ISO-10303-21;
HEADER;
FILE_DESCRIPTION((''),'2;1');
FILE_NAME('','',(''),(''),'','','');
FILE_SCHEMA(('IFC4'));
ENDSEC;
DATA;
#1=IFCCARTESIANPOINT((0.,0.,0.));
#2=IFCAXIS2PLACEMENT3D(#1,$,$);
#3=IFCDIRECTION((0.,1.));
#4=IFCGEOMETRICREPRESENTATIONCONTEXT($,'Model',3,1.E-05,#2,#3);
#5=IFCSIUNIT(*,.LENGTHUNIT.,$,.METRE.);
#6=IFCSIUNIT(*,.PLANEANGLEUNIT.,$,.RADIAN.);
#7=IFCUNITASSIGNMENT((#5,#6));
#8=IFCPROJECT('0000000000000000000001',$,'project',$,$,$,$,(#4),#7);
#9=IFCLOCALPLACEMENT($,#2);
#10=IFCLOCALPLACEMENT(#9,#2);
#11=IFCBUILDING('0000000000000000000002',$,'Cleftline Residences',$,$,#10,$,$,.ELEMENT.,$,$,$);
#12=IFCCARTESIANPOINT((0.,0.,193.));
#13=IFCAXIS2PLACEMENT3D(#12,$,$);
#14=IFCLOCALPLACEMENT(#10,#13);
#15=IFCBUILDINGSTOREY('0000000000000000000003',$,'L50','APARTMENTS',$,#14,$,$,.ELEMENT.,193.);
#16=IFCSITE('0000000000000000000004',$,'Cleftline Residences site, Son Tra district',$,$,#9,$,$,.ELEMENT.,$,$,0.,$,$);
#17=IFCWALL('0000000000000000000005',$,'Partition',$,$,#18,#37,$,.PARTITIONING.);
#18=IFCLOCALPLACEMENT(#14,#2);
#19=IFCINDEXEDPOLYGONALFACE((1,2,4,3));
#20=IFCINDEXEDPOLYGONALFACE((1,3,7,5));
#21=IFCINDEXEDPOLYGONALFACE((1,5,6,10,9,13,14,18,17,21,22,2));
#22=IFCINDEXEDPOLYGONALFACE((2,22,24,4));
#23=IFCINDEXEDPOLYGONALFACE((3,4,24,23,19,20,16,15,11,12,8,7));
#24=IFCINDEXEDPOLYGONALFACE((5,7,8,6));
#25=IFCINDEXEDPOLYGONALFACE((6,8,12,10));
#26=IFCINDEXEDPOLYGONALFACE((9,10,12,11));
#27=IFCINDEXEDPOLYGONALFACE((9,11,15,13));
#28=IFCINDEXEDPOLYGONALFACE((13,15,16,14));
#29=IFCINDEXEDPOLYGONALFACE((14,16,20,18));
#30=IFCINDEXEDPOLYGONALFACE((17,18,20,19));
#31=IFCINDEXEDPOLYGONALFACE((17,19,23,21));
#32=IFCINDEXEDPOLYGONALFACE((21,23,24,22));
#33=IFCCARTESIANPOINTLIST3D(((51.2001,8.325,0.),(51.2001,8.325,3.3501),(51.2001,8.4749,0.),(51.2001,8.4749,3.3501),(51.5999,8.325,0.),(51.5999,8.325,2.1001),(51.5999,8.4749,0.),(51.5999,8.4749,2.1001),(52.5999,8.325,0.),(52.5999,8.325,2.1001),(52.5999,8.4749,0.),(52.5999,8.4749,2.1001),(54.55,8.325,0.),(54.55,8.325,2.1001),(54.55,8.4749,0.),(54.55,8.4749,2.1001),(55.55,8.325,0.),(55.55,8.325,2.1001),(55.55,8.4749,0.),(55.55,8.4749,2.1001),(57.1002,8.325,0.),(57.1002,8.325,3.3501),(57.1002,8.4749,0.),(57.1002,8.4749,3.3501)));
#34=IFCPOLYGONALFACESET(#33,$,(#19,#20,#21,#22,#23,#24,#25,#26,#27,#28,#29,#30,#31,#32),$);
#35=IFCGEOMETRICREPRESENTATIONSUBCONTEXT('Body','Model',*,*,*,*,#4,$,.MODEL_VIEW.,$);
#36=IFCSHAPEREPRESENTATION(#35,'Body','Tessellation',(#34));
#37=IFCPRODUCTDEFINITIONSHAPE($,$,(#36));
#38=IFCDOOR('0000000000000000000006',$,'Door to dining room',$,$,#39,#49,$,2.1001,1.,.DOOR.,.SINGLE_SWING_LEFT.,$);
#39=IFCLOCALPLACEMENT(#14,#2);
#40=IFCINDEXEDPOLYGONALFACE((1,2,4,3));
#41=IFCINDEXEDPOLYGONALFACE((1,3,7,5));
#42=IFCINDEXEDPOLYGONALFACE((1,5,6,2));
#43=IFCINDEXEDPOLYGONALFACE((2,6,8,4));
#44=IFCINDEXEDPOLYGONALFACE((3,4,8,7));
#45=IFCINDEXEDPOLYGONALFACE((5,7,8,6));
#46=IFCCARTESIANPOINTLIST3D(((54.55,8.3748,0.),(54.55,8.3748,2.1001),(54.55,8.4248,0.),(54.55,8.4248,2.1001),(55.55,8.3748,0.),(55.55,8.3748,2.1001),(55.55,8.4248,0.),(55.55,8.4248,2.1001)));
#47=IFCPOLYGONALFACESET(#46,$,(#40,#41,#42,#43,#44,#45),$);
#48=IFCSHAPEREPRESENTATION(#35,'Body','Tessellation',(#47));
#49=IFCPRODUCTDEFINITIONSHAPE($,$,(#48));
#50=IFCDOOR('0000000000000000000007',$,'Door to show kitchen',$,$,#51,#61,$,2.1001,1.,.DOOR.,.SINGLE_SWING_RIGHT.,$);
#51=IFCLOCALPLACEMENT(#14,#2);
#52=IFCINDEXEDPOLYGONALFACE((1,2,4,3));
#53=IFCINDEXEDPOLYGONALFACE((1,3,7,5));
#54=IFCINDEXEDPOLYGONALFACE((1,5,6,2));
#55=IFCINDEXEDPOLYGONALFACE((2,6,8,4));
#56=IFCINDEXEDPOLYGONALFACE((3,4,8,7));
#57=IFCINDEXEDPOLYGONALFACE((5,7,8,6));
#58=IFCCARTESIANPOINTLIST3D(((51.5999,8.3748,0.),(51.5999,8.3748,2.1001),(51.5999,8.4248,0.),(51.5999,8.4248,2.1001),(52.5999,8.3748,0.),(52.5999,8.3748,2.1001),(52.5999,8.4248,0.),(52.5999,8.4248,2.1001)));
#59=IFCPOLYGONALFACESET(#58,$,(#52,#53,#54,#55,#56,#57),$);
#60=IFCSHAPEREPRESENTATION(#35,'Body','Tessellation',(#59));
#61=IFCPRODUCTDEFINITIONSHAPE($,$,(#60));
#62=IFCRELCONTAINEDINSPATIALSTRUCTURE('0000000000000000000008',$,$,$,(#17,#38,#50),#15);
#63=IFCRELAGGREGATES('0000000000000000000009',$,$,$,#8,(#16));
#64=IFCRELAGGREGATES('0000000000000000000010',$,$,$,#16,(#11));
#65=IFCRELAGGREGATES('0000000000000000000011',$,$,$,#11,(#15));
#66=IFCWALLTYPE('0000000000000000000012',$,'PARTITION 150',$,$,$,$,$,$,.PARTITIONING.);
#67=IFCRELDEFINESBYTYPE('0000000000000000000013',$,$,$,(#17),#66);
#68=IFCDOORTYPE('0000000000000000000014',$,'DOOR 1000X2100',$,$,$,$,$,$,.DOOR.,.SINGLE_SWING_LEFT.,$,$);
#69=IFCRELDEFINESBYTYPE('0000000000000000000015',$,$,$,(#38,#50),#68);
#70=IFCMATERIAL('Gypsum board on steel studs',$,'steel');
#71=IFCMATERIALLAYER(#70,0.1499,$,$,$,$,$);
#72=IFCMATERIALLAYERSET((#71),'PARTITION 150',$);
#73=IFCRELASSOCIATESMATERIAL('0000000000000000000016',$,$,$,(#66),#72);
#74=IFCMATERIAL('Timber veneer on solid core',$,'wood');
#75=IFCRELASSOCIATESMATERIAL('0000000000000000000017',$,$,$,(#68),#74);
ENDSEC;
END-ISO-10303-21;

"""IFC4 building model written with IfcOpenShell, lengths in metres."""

from ifc_helpers import new_model, si_unit, direction, frame, frame_2d, origin, place, context, subcontext, project, spatial, rectangle, extrude, material, layer, layer_set, type_object, element, fill, save


model = new_model("IFC4")

# Units and contexts
model_context = context("Model", 3, precision=1e-05, world=origin(), true_north=direction((0.0, 1.0)))
body_context = subcontext(model_context, "Body", "Model", "MODEL_VIEW")
ifc_project = project(units=[si_unit("LENGTHUNIT", "METRE"), si_unit("PLANEANGLEUNIT", "RADIAN")], contexts=[model_context])

# Site, building, storey
site_placement = place(None, origin())
site = spatial("IfcSite", under=ifc_project, at=site_placement, Name="Cleftline Residences site, Son Tra district", CompositionType="ELEMENT", RefElevation=0.0)
building_placement = place(site_placement, origin())
building = spatial("IfcBuilding", under=site, at=building_placement, Name="Cleftline Residences", CompositionType="ELEMENT")
storey_placement = place(building_placement, frame((0.0, 0.0, 193.0)))
storey = spatial("IfcBuildingStorey", under=building, at=storey_placement, Name="L50", Description="APARTMENTS", CompositionType="ELEMENT", Elevation=193.0)

# Shared definitions
ifc_material_1 = material(Name="Gypsum board on steel studs", Category="steel")
ifc_layer_1 = layer(ifc_material_1, 0.1499)
ifc_layer_set_1 = layer_set([ifc_layer_1], Name="PARTITION 150")
wall_type = type_object("IfcWallType", Name="PARTITION 150", PredefinedType="PARTITIONING", material=ifc_layer_set_1)
ifc_material_2 = material(Name="Timber veneer on solid core", Category="wood")
door_type_1 = type_object("IfcDoorType", Name="DOOR 1000X2100", OperationType="SINGLE_SWING_LEFT", PredefinedType="DOOR", material=ifc_material_2)

# Wall, openings, doors
wall_1_placement = place(storey_placement, frame((51.2, 8.3999, 0.0), z_axis=(0.0, 0.0, 1.0), x_axis=(1.0, 0.0, 0.0)))
wall_1 = element("IfcWall", 1, at=wall_1_placement, inside=storey, type_object=wall_type, Name="Partition", PredefinedType="PARTITIONING", context=body_context, shape_type="SweptSolid", body=[
    extrude(rectangle(XDim=5.9001, YDim=0.1499, at=frame_2d((2.9502, 0.0))), origin(), (0.0, 0.0, 1.0), 3.3501),
])
opening_1_placement = place(wall_1_placement, frame((3.3501, 0.0, 0.0)))
opening_1 = element("IfcOpeningElement", 2, at=opening_1_placement, cuts=wall_1, PredefinedType="OPENING", context=body_context, shape_type="SweptSolid", body=[
    extrude(rectangle(XDim=1.0, YDim=2.1001, at=frame_2d((0.5, 1.05))), frame((0.0, 0.085, 0.0), z_axis=(0.0, -1.0, 0.0), x_axis=(1.0, 0.0, 0.0)), (0.0, 0.0, 1.0), 0.1699),
])
opening_2_placement = place(wall_1_placement, frame((0.3999, 0.0, 0.0)))
opening_2 = element("IfcOpeningElement", 3, at=opening_2_placement, cuts=wall_1, PredefinedType="OPENING", context=body_context, shape_type="SweptSolid", body=[
    extrude(rectangle(XDim=1.0, YDim=2.1001, at=frame_2d((0.5, 1.05))), frame((0.0, 0.085, 0.0), z_axis=(0.0, -1.0, 0.0), x_axis=(1.0, 0.0, 0.0)), (0.0, 0.0, 1.0), 0.1699),
])
door_1_placement = place(opening_1_placement, origin())
door_1 = element("IfcDoor", 4, at=door_1_placement, inside=storey, type_object=door_type_1, Name="Door to dining room", OperationType="SINGLE_SWING_LEFT", OverallHeight=2.1001, OverallWidth=1.0, PredefinedType="DOOR", context=body_context, shape_type="SweptSolid", body=[
    extrude(rectangle(XDim=1.0, YDim=2.1001, at=frame_2d((0.5, 1.05))), frame((0.0, 0.0249, 0.0), z_axis=(0.0, -1.0, 0.0), x_axis=(1.0, 0.0, 0.0)), (0.0, 0.0, 1.0), 0.05),
])
fill(opening_1, door_1)
door_2_placement = place(opening_2_placement, origin())
door_2 = element("IfcDoor", 5, at=door_2_placement, inside=storey, type_object=door_type_1, Name="Door to show kitchen", OperationType="SINGLE_SWING_RIGHT", OverallHeight=2.1001, OverallWidth=1.0, PredefinedType="DOOR", context=body_context, shape_type="SweptSolid", body=[
    extrude(rectangle(XDim=1.0, YDim=2.1001, at=frame_2d((0.5, 1.05))), frame((0.0, 0.0249, 0.0), z_axis=(0.0, -1.0, 0.0), x_axis=(1.0, 0.0, 0.0)), (0.0, 0.0, 1.0), 0.05),
])
fill(opening_2, door_2)

save(model, "model.ifc")
